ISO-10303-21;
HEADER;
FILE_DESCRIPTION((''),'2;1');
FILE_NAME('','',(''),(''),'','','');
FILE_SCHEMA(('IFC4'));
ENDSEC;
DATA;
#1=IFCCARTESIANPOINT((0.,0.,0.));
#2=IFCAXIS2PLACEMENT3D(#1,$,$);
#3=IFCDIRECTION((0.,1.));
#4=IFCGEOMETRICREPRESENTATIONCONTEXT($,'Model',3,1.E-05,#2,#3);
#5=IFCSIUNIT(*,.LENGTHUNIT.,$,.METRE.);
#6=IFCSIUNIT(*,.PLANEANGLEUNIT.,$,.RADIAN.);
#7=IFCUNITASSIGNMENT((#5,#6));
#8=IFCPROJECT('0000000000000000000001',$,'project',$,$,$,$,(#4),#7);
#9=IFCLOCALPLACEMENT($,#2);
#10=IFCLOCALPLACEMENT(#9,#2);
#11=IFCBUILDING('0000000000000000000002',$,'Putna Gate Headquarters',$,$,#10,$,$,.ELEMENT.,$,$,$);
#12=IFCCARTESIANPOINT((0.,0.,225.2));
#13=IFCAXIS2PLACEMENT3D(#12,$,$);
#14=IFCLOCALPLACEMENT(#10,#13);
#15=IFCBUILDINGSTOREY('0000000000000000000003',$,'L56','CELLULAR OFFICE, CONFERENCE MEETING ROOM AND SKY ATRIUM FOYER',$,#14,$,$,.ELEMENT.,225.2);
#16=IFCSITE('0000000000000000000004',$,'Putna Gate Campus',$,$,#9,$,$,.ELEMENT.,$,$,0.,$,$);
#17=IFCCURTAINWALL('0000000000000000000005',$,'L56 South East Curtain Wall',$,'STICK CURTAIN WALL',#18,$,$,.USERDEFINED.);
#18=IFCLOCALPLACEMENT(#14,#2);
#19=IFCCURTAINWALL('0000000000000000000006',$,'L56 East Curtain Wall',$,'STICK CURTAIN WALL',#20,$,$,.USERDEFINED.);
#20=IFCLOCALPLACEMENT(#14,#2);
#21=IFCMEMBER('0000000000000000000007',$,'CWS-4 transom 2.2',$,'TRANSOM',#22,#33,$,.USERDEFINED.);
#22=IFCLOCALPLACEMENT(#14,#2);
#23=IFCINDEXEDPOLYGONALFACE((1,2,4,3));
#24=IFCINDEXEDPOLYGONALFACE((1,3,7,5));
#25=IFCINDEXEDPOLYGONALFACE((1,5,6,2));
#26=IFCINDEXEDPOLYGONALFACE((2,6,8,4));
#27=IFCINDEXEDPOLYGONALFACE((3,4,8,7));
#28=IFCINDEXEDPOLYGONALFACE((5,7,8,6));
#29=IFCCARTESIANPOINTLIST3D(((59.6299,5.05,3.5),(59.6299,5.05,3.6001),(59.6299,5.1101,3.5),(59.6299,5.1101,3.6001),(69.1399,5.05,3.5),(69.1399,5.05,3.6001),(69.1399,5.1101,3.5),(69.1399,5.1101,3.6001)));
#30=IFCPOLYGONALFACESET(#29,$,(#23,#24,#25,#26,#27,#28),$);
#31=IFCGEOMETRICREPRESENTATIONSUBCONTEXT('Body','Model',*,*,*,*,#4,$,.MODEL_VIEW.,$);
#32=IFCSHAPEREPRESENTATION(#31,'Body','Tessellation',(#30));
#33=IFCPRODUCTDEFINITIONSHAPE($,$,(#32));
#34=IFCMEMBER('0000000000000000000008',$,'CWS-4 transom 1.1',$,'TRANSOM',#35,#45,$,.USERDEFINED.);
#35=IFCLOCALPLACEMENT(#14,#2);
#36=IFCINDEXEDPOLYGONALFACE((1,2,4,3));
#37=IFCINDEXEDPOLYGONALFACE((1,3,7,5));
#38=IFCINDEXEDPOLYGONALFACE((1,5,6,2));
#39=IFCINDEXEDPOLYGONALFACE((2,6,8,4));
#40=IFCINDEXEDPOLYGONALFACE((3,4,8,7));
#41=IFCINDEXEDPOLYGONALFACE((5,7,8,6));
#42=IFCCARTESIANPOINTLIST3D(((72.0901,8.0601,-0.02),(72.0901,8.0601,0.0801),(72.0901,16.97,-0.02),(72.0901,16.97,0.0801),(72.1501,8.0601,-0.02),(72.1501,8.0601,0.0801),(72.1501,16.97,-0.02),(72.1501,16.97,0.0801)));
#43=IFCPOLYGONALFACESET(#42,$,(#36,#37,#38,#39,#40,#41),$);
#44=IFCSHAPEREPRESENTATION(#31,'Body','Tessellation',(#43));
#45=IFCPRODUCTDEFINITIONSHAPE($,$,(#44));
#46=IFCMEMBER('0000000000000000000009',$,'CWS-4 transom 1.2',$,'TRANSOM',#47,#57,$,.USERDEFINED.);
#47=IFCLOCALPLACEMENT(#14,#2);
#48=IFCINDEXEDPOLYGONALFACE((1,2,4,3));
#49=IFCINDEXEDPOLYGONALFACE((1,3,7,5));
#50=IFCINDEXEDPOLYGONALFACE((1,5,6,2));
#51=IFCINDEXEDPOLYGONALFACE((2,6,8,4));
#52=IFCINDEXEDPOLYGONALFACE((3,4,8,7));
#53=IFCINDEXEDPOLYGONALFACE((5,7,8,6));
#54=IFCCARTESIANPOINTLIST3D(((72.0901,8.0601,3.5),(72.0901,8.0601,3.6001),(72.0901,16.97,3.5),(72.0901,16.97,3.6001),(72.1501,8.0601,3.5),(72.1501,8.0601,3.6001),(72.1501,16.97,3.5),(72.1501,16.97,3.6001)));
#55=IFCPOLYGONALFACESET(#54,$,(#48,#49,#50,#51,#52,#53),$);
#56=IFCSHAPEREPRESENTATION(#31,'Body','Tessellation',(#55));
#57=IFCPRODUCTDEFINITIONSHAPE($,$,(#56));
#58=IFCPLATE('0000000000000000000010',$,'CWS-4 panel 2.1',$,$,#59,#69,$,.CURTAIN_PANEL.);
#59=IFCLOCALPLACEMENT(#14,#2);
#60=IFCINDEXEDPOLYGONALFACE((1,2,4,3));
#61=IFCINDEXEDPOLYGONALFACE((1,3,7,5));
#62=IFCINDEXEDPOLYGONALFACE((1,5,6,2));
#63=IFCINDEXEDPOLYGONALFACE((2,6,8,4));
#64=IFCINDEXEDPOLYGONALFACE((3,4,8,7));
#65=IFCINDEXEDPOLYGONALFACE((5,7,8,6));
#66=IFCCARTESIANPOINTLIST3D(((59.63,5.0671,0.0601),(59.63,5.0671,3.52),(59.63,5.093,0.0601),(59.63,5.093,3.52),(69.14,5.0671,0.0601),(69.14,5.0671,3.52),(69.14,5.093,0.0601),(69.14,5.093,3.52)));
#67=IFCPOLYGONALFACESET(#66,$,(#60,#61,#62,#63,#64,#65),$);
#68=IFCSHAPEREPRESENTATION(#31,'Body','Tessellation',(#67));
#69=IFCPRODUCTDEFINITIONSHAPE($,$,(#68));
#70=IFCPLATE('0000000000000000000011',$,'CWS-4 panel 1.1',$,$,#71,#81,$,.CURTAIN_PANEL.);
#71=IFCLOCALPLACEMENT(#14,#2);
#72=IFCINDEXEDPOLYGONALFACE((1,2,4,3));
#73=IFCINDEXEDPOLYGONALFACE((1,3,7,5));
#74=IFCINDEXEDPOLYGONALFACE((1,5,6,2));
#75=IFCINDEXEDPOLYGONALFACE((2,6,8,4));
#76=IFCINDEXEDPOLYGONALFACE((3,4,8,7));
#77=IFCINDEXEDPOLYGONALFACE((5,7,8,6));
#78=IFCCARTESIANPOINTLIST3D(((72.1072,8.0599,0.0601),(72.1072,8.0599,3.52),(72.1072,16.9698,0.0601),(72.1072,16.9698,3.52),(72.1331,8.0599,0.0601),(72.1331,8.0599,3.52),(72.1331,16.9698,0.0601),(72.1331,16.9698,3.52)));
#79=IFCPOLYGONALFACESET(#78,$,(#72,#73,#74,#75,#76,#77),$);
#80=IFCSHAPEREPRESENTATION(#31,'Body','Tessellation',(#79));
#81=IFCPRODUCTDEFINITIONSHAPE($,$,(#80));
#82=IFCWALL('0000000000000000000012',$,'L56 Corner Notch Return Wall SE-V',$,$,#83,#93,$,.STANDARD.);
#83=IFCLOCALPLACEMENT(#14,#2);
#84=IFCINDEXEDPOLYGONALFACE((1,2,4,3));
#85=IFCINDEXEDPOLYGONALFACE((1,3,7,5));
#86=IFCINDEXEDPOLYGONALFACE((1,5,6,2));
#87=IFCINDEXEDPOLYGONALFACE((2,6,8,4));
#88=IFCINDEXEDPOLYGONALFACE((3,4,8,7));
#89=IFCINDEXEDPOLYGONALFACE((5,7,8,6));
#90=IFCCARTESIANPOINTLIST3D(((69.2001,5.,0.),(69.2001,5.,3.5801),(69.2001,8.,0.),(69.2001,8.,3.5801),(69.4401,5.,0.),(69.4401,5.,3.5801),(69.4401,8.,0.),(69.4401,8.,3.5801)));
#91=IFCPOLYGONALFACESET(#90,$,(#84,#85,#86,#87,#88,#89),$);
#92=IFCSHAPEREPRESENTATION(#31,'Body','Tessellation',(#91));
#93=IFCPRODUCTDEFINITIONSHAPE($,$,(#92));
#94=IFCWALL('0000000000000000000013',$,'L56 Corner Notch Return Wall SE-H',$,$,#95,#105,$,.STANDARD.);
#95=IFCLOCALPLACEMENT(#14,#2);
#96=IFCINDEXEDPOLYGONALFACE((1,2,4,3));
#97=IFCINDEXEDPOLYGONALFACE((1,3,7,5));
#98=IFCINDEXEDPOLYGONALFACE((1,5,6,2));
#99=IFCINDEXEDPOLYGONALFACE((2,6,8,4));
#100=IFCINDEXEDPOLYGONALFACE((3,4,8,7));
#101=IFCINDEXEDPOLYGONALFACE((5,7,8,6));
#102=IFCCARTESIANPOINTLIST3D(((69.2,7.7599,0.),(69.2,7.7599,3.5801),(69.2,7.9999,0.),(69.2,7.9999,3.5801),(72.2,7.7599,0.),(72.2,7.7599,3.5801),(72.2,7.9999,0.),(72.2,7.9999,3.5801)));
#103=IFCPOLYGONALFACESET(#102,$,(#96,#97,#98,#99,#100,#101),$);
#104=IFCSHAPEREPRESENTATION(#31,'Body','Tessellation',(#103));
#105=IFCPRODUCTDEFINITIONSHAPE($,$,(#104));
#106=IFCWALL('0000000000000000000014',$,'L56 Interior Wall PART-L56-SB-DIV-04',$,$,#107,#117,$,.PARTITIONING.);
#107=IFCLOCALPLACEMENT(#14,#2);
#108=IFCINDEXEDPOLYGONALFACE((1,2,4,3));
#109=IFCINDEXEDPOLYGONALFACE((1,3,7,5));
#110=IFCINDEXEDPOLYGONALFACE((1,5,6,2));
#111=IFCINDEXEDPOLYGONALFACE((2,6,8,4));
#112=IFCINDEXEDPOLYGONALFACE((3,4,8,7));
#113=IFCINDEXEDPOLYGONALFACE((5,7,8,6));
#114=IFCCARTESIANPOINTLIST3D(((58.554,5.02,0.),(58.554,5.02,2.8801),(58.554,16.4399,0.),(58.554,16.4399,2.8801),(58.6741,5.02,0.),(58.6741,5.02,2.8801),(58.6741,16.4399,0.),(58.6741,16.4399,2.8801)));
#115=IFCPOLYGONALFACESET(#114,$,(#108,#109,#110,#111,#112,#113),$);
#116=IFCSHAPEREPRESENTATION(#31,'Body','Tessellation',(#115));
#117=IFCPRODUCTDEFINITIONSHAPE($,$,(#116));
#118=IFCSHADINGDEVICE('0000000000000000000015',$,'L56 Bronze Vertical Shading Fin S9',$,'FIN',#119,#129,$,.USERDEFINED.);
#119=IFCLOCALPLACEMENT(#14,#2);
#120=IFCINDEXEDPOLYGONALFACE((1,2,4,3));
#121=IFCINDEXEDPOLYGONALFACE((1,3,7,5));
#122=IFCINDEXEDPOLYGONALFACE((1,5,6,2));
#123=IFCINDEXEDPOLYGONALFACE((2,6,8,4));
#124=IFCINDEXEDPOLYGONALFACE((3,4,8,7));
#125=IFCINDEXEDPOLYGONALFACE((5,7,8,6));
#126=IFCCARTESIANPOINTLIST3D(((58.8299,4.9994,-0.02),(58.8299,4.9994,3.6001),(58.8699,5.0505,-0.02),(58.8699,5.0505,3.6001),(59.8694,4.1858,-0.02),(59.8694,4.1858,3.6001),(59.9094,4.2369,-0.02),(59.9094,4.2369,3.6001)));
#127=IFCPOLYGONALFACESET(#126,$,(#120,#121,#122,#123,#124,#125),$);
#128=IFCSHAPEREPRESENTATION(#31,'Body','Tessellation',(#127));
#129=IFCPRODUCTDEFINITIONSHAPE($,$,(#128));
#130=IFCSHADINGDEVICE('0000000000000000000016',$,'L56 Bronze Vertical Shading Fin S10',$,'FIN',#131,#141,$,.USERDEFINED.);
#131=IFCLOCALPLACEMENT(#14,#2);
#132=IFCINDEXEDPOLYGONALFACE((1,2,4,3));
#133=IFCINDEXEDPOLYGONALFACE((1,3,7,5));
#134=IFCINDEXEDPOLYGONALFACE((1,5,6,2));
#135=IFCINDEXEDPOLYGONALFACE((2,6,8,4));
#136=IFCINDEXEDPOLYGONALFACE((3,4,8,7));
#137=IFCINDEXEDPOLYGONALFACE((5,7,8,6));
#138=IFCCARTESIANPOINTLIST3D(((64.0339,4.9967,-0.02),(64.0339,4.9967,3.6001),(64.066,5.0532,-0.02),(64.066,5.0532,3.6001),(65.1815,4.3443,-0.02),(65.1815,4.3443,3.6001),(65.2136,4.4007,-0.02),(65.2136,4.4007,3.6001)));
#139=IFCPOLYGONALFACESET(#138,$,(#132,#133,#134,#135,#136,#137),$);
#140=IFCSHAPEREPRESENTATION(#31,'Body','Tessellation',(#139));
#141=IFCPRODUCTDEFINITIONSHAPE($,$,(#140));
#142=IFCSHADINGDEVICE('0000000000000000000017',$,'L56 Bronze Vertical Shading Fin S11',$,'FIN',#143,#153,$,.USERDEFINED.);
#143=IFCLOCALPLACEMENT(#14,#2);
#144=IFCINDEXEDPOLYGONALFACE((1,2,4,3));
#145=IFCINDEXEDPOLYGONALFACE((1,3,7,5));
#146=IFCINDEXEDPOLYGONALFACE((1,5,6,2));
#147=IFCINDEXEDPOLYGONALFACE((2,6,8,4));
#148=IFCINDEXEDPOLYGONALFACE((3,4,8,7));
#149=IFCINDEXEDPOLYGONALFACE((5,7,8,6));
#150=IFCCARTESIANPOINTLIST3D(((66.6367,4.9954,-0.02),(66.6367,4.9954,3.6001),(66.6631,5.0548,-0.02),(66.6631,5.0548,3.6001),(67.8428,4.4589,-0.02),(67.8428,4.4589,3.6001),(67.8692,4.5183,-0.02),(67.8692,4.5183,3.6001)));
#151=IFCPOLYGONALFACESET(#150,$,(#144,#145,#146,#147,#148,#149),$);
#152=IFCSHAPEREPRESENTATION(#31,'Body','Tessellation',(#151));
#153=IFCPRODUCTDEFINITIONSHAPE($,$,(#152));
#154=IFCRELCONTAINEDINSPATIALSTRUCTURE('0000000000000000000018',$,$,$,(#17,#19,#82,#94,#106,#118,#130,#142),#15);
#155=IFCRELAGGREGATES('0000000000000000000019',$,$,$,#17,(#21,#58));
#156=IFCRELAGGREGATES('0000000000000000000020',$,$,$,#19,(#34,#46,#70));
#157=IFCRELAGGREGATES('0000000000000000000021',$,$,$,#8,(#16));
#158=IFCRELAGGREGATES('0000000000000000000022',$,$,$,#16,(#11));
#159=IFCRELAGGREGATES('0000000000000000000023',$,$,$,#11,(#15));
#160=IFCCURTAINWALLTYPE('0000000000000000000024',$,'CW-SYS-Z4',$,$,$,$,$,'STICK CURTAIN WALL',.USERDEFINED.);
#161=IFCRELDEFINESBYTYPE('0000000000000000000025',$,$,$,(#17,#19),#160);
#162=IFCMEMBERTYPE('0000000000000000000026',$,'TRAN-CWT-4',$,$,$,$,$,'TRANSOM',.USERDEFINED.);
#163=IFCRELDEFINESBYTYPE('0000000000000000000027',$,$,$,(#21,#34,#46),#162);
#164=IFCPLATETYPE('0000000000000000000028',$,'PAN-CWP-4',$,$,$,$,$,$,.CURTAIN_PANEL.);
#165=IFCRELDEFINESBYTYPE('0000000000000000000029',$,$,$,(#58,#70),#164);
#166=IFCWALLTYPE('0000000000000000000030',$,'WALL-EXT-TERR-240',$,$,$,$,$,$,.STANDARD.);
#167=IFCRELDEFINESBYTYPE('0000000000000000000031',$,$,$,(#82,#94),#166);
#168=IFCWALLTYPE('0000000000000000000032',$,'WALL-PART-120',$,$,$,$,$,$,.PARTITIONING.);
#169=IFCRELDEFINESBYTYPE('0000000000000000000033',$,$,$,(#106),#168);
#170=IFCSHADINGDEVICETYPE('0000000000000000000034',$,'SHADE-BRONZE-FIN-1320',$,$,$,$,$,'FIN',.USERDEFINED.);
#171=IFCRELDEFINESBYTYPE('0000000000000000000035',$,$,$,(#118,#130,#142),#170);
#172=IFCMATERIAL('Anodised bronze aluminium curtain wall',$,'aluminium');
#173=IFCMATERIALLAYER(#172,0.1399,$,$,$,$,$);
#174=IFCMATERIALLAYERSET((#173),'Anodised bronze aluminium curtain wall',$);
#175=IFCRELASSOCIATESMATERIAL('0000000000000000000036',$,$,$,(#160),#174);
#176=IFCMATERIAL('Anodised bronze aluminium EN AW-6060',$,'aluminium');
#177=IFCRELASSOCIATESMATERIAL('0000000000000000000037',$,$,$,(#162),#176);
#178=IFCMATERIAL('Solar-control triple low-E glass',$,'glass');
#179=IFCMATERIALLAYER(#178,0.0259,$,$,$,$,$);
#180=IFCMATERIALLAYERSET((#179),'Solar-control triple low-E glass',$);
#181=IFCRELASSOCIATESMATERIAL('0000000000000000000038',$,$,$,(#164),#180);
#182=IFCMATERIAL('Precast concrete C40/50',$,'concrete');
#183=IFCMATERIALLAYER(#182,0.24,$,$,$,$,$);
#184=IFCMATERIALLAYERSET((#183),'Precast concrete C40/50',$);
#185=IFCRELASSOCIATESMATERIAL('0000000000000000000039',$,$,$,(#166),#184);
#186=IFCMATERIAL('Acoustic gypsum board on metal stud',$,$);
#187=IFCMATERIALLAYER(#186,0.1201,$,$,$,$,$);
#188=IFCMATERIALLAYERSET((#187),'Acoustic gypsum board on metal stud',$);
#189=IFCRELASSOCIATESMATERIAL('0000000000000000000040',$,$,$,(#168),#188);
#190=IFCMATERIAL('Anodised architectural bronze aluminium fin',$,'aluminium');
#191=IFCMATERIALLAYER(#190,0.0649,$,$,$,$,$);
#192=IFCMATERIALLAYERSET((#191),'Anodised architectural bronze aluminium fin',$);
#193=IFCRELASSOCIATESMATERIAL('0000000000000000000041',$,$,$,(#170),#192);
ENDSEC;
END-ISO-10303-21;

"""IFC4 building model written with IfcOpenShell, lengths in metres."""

from ifc_helpers import new_model, si_unit, direction, frame, frame_2d, origin, origin_2d, place, context, subcontext, project, spatial, rectangle, extrude, material, layer, layer_set, material_profile, profile_set, type_object, element, aggregate, save


model = new_model("IFC4")

# Units and contexts
model_context = context("Model", 3, precision=1e-05, world=origin(), true_north=direction((0.0, 1.0)))
body_context = subcontext(model_context, "Body", "Model", "MODEL_VIEW")
ifc_project = project(units=[si_unit("LENGTHUNIT", "METRE"), si_unit("PLANEANGLEUNIT", "RADIAN")], contexts=[model_context])

# Site, building, storey
site_placement = place(None, origin())
site = spatial("IfcSite", under=ifc_project, at=site_placement, Name="Putna Gate Campus", CompositionType="ELEMENT", RefElevation=0.0)
building_placement = place(site_placement, origin())
building = spatial("IfcBuilding", under=site, at=building_placement, Name="Putna Gate Headquarters", CompositionType="ELEMENT")
storey_placement = place(building_placement, frame((0.0, 0.0, 225.2)))
storey = spatial("IfcBuildingStorey", under=building, at=storey_placement, Name="L56", Description="CELLULAR OFFICE, CONFERENCE MEETING ROOM AND SKY ATRIUM FOYER", CompositionType="ELEMENT", Elevation=225.2)

# Curtain wall
ifc_material_1 = material(Name="Anodised bronze aluminium curtain wall", Category="aluminium")
ifc_layer_1 = layer(ifc_material_1, 0.1399)
ifc_layer_set_1 = layer_set([ifc_layer_1], Name="Anodised bronze aluminium curtain wall")
curtain_wall_type = type_object("IfcCurtainWallType", Name="CW-SYS-Z4", ElementType="STICK CURTAIN WALL", PredefinedType="USERDEFINED", material=ifc_layer_set_1)
curtain_wall_1_placement = place(storey_placement, origin())
curtain_wall_1 = element("IfcCurtainWall", 1, at=curtain_wall_1_placement, inside=storey, type_object=curtain_wall_type, Name="L56 South East Curtain Wall", ObjectType="STICK CURTAIN WALL", PredefinedType="USERDEFINED")
ifc_material_2 = material(Name="Anodised bronze aluminium EN AW-6060", Category="aluminium")

# Curtain wall
curtain_wall_2_placement = place(storey_placement, origin())
curtain_wall_2 = element("IfcCurtainWall", 2, at=curtain_wall_2_placement, inside=storey, type_object=curtain_wall_type, Name="L56 East Curtain Wall", ObjectType="STICK CURTAIN WALL", PredefinedType="USERDEFINED")

# Members
ifc_material_profile_1 = material_profile(ifc_material_2, rectangle(XDim=0.0601, YDim=0.1001, at=origin_2d()), Name="Anodised bronze aluminium EN AW-6060")
ifc_profile_set_1 = profile_set([ifc_material_profile_1], Name="Anodised bronze aluminium EN AW-6060")
member_type_1 = type_object("IfcMemberType", Name="TRAN-CWT-4", ElementType="TRANSOM", PredefinedType="USERDEFINED", material=ifc_profile_set_1)
member_1_placement = place(storey_placement, frame((59.6299, 5.0801, 3.55), z_axis=(1.0, 0.0, 0.0), x_axis=(0.0, 1.0, 0.0)))
member_1 = element("IfcMember", 3, at=member_1_placement, type_object=member_type_1, Name="CWS-4 transom 2.2", ObjectType="TRANSOM", PredefinedType="USERDEFINED", context=body_context, shape_type="SweptSolid", body=[
    extrude(rectangle(XDim=0.0601, YDim=0.1001, at=origin_2d()), origin(), (0.0, 0.0, 1.0), 9.51),
])
member_2_placement = place(storey_placement, frame((72.1201, 8.0601, 0.03), z_axis=(0.0, 1.0, 0.0), x_axis=(-1.0, 0.0, 0.0)))
member_2 = element("IfcMember", 4, at=member_2_placement, type_object=member_type_1, Name="CWS-4 transom 1.1", ObjectType="TRANSOM", PredefinedType="USERDEFINED", context=body_context, shape_type="SweptSolid", body=[
    extrude(rectangle(XDim=0.0601, YDim=0.1001, at=origin_2d()), origin(), (0.0, 0.0, 1.0), 8.9099),
])
member_3_placement = place(storey_placement, frame((72.1201, 8.0601, 3.55), z_axis=(0.0, 1.0, 0.0), x_axis=(-1.0, 0.0, 0.0)))
member_3 = element("IfcMember", 5, at=member_3_placement, type_object=member_type_1, Name="CWS-4 transom 1.2", ObjectType="TRANSOM", PredefinedType="USERDEFINED", context=body_context, shape_type="SweptSolid", body=[
    extrude(rectangle(XDim=0.0601, YDim=0.1001, at=origin_2d()), origin(), (0.0, 0.0, 1.0), 8.9099),
])

# Plates
ifc_material_3 = material(Name="Solar-control triple low-E glass", Category="glass")
ifc_layer_2 = layer(ifc_material_3, 0.0259)
ifc_layer_set_2 = layer_set([ifc_layer_2], Name="Solar-control triple low-E glass")
plate_type = type_object("IfcPlateType", Name="PAN-CWP-4", PredefinedType="CURTAIN_PANEL", material=ifc_layer_set_2)
plate_1_placement = place(storey_placement, frame((64.385, 5.0801, 0.0601), z_axis=(0.0, 0.0, 1.0), x_axis=(1.0, 0.0, 0.0)))
plate_1 = element("IfcPlate", 6, at=plate_1_placement, type_object=plate_type, Name="CWS-4 panel 2.1", PredefinedType="CURTAIN_PANEL", context=body_context, shape_type="SweptSolid", body=[
    extrude(rectangle(XDim=9.51, YDim=0.0259, at=origin_2d()), origin(), (0.0, 0.0, 1.0), 3.46),
])
aggregate(curtain_wall_1, [member_1, plate_1])
plate_2_placement = place(storey_placement, frame((72.1201, 12.5149, 0.0601), z_axis=(0.0, 0.0, 1.0), x_axis=(0.0, 1.0, 0.0)))
plate_2 = element("IfcPlate", 7, at=plate_2_placement, type_object=plate_type, Name="CWS-4 panel 1.1", PredefinedType="CURTAIN_PANEL", context=body_context, shape_type="SweptSolid", body=[
    extrude(rectangle(XDim=8.9099, YDim=0.0259, at=origin_2d()), origin(), (0.0, 0.0, 1.0), 3.46),
])
aggregate(curtain_wall_2, [member_2, member_3, plate_2])

# Walls
ifc_material_4 = material(Name="Precast concrete C40/50", Category="concrete")
ifc_layer_3 = layer(ifc_material_4, 0.24)
ifc_layer_set_3 = layer_set([ifc_layer_3], Name="Precast concrete C40/50")
wall_type_1 = type_object("IfcWallType", Name="WALL-EXT-TERR-240", PredefinedType="STANDARD", material=ifc_layer_set_3)
for number, where, z_axis, x_axis, name in (
    (8, (69.3201, 8.0, 0.0), (0.0, 0.0, 1.0), (0.0, -1.0, 0.0), "L56 Corner Notch Return Wall SE-V"),
    (9, (72.2, 7.8799, 0.0), (0.0, 0.0, 1.0), (-1.0, 0.0, 0.0), "L56 Corner Notch Return Wall SE-H"),
):
    element("IfcWall", number, at=place(storey_placement, frame(where, z_axis=z_axis, x_axis=x_axis)), inside=storey, type_object=wall_type_1, Name=name, PredefinedType="STANDARD", context=body_context, shape_type="SweptSolid", body=[
        extrude(rectangle(XDim=3.0, YDim=0.24, at=frame_2d((1.5, 0.0))), origin(), (0.0, 0.0, 1.0), 3.5801),
    ])
ifc_material_5 = material(Name="Acoustic gypsum board on metal stud")
ifc_layer_4 = layer(ifc_material_5, 0.1201)
ifc_layer_set_4 = layer_set([ifc_layer_4], Name="Acoustic gypsum board on metal stud")
wall_type_2 = type_object("IfcWallType", Name="WALL-PART-120", PredefinedType="PARTITIONING", material=ifc_layer_set_4)
wall_placement = place(storey_placement, frame((58.614, 5.02, 0.0), z_axis=(0.0, 0.0, 1.0), x_axis=(0.0, 1.0, 0.0)))
element("IfcWall", 10, at=wall_placement, inside=storey, type_object=wall_type_2, Name="L56 Interior Wall PART-L56-SB-DIV-04", PredefinedType="PARTITIONING", context=body_context, shape_type="SweptSolid", body=[
    extrude(rectangle(XDim=11.4199, YDim=0.1201, at=frame_2d((5.71, 0.0))), origin(), (0.0, 0.0, 1.0), 2.8801),
])

# Shading devices
ifc_material_6 = material(Name="Anodised architectural bronze aluminium fin", Category="aluminium")
ifc_layer_5 = layer(ifc_material_6, 0.0649)
ifc_layer_set_5 = layer_set([ifc_layer_5], Name="Anodised architectural bronze aluminium fin")
shading_device_type = type_object("IfcShadingDeviceType", Name="SHADE-BRONZE-FIN-1320", ElementType="FIN", PredefinedType="USERDEFINED", material=ifc_layer_set_5)
for number, where, z_axis, x_axis, name in (
    (11, (59.3696, 4.6182, -0.02), (0.0, 0.0, 1.0), (0.787473, -0.616349, 0.0), "L56 Bronze Vertical Shading Fin S9"),
    (12, (64.6238, 4.6987, -0.02), (0.0, 0.0, 1.0), (0.869322, -0.494245, 0.0), "L56 Bronze Vertical Shading Fin S10"),
    (13, (67.2529, 4.7568, -0.02), (0.0, 0.0, 1.0), (0.913687, -0.406418, 0.0), "L56 Bronze Vertical Shading Fin S11"),
):
    element("IfcShadingDevice", number, at=place(storey_placement, frame(where, z_axis=z_axis, x_axis=x_axis)), inside=storey, type_object=shading_device_type, Name=name, ObjectType="FIN", PredefinedType="USERDEFINED", context=body_context, shape_type="SweptSolid", body=[
        extrude(rectangle(XDim=1.3201, YDim=0.0649, at=origin_2d()), origin(), (0.0, 0.0, 1.0), 3.6201),
    ])

save(model, "model.ifc")
